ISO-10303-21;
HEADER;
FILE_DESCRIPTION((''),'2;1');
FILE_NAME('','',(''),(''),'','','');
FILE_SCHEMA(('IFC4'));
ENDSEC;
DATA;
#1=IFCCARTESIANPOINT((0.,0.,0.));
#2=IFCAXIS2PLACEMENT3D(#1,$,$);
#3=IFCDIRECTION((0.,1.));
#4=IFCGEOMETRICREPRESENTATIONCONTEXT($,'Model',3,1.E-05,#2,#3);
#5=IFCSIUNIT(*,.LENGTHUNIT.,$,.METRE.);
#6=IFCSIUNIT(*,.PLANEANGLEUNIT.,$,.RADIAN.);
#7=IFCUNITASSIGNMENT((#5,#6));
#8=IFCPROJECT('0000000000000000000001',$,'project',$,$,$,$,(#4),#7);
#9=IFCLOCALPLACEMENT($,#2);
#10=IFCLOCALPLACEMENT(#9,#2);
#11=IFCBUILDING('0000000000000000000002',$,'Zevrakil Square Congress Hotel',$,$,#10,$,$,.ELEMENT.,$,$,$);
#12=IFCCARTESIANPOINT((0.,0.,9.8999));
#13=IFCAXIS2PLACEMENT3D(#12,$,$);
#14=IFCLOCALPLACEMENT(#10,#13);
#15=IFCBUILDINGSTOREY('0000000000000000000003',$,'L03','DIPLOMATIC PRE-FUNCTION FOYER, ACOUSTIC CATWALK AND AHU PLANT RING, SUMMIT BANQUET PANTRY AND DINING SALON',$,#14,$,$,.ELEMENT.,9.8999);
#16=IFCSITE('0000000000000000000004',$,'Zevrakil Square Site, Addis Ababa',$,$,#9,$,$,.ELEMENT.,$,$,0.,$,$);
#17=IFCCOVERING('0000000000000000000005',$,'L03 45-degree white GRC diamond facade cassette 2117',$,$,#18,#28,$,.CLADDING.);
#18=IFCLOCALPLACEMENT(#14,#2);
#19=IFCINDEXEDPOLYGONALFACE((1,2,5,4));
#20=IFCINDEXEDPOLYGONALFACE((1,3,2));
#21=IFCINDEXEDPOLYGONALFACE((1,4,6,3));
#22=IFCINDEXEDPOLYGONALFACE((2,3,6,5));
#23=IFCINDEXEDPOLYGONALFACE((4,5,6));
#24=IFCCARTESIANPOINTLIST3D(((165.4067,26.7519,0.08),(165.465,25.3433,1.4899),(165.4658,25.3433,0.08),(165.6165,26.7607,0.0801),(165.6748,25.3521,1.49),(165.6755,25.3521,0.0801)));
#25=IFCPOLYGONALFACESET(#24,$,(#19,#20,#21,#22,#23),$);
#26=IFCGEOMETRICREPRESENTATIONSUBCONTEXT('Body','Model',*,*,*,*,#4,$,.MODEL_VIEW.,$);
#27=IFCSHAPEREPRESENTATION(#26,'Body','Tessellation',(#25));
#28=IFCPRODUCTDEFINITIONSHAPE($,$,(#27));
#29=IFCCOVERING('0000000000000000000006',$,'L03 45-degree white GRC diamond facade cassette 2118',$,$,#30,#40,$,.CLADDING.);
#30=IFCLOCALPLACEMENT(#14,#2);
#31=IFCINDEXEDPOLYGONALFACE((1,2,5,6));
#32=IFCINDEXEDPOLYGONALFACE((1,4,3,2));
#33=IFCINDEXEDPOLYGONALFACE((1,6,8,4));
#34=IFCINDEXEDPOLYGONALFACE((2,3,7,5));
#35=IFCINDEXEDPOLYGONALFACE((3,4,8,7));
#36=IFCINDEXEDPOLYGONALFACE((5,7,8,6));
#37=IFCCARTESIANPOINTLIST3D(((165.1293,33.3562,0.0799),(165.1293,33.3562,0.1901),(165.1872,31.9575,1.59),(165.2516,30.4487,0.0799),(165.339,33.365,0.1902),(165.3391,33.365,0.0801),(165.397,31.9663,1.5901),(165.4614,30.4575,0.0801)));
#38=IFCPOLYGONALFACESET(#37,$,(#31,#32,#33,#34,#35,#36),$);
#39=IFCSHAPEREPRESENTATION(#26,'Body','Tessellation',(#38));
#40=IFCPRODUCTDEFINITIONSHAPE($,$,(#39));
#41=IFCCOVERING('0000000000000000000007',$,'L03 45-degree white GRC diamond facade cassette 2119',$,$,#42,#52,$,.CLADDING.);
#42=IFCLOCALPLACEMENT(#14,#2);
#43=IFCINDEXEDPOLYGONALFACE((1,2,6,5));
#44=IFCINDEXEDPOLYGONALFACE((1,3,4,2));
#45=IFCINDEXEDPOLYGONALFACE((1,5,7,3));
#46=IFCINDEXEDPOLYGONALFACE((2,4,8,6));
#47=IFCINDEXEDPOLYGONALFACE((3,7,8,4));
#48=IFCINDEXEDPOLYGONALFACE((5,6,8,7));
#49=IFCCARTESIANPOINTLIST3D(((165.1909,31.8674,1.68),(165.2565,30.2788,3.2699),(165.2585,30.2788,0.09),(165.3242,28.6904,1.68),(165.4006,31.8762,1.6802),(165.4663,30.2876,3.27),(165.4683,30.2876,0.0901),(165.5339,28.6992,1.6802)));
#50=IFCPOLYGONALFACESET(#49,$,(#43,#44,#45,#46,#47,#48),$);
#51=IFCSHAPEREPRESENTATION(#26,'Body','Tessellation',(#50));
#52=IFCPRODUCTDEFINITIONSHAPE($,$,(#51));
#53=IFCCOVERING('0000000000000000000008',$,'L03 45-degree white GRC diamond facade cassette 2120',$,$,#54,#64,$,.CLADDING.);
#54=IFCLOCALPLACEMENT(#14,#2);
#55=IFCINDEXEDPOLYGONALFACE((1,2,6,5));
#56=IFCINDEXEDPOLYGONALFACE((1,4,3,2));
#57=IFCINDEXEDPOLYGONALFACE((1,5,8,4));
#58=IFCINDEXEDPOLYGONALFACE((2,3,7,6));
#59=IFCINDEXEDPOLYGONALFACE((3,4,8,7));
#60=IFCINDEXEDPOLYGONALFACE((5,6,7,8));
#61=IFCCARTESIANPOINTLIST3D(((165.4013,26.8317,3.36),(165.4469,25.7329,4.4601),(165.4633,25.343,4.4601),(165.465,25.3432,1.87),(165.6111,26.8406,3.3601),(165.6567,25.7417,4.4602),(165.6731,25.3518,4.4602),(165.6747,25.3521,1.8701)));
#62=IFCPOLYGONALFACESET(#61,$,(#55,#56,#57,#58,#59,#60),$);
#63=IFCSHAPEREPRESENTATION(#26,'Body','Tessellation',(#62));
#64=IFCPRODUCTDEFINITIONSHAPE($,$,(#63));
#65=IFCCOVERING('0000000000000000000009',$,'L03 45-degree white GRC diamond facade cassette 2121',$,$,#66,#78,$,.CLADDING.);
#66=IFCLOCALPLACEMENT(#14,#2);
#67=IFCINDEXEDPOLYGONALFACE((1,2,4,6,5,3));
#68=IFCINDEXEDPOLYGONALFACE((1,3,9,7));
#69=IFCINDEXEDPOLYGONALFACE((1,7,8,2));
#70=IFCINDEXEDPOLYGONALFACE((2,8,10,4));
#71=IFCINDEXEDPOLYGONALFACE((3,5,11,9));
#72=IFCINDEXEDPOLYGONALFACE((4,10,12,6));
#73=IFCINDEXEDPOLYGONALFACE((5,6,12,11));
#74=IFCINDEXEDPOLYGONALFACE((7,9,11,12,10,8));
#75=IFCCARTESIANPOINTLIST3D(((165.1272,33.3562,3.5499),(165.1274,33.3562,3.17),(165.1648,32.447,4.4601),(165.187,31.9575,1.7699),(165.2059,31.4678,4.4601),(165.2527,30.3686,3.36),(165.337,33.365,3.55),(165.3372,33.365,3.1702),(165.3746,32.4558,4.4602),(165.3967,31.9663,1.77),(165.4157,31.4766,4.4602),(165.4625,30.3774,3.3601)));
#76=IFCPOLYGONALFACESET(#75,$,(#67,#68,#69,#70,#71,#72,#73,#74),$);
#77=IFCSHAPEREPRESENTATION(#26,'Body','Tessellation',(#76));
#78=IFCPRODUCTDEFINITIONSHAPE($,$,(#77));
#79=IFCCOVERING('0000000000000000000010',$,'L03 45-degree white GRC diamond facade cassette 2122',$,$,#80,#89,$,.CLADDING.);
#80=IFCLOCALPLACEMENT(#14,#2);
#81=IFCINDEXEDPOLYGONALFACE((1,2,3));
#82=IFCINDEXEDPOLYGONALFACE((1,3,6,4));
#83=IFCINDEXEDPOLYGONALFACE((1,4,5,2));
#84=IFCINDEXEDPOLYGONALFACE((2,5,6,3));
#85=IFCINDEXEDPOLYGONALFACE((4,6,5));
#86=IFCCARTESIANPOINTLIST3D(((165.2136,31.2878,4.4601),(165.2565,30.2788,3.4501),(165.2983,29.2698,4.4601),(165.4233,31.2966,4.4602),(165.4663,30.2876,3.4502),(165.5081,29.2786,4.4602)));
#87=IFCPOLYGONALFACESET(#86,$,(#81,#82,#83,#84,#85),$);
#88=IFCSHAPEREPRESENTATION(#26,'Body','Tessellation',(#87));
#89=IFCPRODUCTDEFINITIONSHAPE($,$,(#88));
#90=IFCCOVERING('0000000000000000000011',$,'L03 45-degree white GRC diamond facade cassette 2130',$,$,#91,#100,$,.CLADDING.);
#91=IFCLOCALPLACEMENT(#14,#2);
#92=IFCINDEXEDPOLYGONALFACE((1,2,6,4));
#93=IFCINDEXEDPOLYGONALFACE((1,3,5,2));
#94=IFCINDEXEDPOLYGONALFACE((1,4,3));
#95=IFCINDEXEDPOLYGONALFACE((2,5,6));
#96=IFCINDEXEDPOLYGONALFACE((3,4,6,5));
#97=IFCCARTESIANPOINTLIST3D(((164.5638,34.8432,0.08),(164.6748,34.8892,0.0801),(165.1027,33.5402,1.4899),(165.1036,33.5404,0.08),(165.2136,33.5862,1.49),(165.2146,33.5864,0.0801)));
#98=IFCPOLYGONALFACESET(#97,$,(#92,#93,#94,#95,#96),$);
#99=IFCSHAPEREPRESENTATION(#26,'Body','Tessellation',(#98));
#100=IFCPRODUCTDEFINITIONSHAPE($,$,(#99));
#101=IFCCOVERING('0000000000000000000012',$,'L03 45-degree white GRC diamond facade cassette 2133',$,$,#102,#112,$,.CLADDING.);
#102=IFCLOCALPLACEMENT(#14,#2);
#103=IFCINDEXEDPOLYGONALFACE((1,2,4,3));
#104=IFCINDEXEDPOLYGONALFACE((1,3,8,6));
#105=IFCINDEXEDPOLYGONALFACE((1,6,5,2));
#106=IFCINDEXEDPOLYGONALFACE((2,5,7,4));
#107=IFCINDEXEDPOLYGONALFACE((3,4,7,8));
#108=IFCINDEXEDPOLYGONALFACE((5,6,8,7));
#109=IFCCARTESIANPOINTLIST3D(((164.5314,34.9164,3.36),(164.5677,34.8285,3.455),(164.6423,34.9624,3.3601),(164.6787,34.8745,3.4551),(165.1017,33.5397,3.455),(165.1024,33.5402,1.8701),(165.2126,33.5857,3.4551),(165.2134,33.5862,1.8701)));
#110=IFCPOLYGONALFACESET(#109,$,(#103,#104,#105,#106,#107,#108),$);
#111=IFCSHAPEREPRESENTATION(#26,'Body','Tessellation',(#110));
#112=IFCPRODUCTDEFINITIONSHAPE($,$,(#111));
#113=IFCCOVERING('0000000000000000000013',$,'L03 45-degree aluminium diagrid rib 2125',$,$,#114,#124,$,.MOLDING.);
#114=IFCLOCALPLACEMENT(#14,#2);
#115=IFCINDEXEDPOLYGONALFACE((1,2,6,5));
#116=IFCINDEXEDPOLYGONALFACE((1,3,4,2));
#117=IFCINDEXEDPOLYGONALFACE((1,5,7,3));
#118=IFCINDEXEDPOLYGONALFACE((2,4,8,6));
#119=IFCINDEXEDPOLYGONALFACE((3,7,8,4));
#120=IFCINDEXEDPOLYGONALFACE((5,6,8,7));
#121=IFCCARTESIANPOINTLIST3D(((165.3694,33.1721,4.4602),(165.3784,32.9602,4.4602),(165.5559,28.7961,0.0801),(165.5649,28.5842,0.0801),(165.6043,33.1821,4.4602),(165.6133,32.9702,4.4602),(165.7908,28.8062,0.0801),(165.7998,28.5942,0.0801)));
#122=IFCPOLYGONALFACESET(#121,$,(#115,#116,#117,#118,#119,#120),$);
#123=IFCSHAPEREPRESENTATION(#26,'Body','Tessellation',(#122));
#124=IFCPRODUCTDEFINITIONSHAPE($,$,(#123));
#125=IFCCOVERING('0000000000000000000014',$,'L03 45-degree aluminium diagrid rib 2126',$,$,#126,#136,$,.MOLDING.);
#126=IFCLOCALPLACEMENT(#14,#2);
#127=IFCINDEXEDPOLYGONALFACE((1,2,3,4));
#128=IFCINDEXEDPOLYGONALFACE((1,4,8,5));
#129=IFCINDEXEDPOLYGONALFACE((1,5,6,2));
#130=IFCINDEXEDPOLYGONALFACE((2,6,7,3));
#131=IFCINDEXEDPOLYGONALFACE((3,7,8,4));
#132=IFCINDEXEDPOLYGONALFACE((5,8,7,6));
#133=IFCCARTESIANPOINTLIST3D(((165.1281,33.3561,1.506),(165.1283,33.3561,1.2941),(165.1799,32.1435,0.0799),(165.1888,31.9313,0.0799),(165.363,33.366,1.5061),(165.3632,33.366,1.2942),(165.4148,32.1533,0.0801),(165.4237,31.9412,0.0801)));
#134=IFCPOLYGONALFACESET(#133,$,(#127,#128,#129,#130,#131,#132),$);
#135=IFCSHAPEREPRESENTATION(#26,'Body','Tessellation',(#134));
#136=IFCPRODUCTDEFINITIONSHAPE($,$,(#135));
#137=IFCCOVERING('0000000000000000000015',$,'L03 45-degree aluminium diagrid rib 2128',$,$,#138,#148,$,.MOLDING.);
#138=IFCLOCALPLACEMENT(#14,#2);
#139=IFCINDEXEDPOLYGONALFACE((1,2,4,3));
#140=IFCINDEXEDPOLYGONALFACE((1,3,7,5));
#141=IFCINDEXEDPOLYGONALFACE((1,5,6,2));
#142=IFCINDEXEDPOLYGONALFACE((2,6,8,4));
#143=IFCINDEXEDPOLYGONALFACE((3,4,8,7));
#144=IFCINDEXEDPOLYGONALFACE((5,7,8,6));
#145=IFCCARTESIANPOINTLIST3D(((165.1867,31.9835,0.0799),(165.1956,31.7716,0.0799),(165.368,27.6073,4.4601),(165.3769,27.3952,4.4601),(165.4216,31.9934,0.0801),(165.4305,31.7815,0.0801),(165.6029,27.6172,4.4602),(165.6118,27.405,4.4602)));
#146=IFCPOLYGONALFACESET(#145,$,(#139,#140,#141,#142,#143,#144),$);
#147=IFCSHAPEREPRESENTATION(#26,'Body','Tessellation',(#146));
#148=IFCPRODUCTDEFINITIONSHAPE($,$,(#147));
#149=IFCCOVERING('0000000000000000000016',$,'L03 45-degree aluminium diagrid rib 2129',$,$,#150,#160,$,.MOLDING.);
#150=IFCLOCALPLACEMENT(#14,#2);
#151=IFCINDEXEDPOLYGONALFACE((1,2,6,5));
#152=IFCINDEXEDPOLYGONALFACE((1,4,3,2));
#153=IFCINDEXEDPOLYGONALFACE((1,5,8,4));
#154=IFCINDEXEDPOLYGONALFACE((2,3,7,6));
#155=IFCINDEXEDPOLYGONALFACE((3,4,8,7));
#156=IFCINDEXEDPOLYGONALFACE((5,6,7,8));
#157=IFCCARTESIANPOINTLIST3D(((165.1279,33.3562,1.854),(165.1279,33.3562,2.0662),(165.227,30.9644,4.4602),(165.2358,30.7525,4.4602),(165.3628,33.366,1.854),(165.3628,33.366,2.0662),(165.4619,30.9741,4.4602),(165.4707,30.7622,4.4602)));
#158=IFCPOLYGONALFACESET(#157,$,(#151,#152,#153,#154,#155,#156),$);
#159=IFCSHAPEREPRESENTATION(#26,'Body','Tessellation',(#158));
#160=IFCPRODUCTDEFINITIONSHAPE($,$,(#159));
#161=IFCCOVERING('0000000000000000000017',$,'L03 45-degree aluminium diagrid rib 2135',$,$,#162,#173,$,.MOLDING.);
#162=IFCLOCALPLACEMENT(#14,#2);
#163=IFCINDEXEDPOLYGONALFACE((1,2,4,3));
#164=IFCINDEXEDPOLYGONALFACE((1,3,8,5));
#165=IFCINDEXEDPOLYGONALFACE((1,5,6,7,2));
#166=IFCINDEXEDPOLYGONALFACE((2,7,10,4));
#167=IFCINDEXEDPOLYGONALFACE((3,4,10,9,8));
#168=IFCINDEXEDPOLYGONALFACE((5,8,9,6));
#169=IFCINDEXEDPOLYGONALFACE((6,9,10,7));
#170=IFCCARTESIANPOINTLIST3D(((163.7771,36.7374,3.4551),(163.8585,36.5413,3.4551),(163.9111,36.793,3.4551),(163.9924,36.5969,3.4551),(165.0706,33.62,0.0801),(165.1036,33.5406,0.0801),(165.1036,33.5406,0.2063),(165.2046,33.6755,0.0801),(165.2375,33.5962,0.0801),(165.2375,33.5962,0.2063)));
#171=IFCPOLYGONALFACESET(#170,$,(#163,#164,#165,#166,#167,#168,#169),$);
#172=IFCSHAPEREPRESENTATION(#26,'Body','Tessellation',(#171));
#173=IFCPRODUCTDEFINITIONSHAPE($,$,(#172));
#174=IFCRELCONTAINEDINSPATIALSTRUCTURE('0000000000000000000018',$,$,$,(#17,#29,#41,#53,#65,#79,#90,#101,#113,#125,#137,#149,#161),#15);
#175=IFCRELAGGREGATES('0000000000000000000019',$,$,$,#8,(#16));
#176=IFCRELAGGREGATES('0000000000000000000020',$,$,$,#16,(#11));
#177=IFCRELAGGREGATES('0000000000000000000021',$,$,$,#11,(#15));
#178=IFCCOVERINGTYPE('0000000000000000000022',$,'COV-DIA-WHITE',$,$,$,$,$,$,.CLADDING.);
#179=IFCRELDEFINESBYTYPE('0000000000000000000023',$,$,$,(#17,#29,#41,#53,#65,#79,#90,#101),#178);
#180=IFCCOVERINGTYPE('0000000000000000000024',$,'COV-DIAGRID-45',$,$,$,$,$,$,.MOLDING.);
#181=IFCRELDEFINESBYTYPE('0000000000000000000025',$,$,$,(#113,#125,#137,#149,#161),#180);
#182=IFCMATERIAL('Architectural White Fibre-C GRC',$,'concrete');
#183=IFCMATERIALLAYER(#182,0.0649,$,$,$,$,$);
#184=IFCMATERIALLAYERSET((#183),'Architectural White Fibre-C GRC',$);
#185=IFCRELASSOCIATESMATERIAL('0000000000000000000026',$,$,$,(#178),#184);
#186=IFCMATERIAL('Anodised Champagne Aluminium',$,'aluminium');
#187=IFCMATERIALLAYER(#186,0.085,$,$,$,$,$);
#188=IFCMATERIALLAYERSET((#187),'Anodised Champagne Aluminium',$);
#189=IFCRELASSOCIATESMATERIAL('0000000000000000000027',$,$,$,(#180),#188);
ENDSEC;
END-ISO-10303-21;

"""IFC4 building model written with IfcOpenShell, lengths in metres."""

from ifc_helpers import new_model, si_unit, direction, frame, origin, place, context, subcontext, project, spatial, polyline, outline, extrude, material, layer, layer_set, type_object, element, save


model = new_model("IFC4")

# Units and contexts
model_context = context("Model", 3, precision=1e-05, world=origin(), true_north=direction((0.0, 1.0)))
body_context = subcontext(model_context, "Body", "Model", "MODEL_VIEW")
ifc_project = project(units=[si_unit("LENGTHUNIT", "METRE"), si_unit("PLANEANGLEUNIT", "RADIAN")], contexts=[model_context])

# Site, building, storey
site_placement = place(None, origin())
site = spatial("IfcSite", under=ifc_project, at=site_placement, Name="Zevrakil Square Site, Addis Ababa", CompositionType="ELEMENT", RefElevation=0.0)
building_placement = place(site_placement, origin())
building = spatial("IfcBuilding", under=site, at=building_placement, Name="Zevrakil Square Congress Hotel", CompositionType="ELEMENT")
storey_placement = place(building_placement, frame((0.0, 0.0, 9.8999)))
storey = spatial("IfcBuildingStorey", under=building, at=storey_placement, Name="L03", Description="DIPLOMATIC PRE-FUNCTION FOYER, ACOUSTIC CATWALK AND AHU PLANT RING, SUMMIT BANQUET PANTRY AND DINING SALON", CompositionType="ELEMENT", Elevation=9.8999)

# Coverings
ifc_material_1 = material(Name="Architectural White Fibre-C GRC", Category="concrete")
ifc_layer_1 = layer(ifc_material_1, 0.0649)
ifc_layer_set_1 = layer_set([ifc_layer_1], Name="Architectural White Fibre-C GRC")
covering_type_1 = type_object("IfcCoveringType", Name="COV-DIA-WHITE", PredefinedType="CLADDING", material=ifc_layer_set_1)
covering_1_placement = place(storey_placement, frame((165.6165, 26.7607, 0.0801), z_axis=(0.999121, 0.041904, 0.000519), x_axis=(0.041904, -0.999122, 0.0)))
element("IfcCovering", 1, at=covering_1_placement, inside=storey, type_object=covering_type_1, Name="L03 45-degree white GRC diamond facade cassette 2117", PredefinedType="CLADDING", context=body_context, shape_type="SweptSolid", body=[
    extrude(outline(polyline([(0.0, 0.0), (1.4099, 0.0), (1.4099, -1.4099), (0.0, 0.0)])), origin(), (0.0, 0.0, -1.0), 0.21),
])
covering_2_placement = place(storey_placement, frame((165.397, 31.9663, 1.5901), z_axis=(0.999117, 0.042008, 0.000626), x_axis=(-0.029262, 0.706498, -0.70711)))
element("IfcCovering", 2, at=covering_2_placement, inside=storey, type_object=covering_type_1, Name="L03 45-degree white GRC diamond facade cassette 2118", PredefinedType="CLADDING", context=body_context, shape_type="SweptSolid", body=[
    extrude(outline(polyline([(0.0, 0.0), (1.9798, 0.0), (2.0576, -0.0779), (-0.0001, -2.1356), (0.0, 0.0)])), origin(), (0.0, 0.0, -1.0), 0.21),
])
covering_3_placement = place(storey_placement, frame((165.4663, 30.2876, 3.27), z_axis=(0.999121, 0.041921, 0.000614), x_axis=(-0.02921, 0.706533, -0.707076)))
element("IfcCovering", 3, at=covering_3_placement, inside=storey, type_object=covering_type_1, Name="L03 45-degree white GRC diamond facade cassette 2119", PredefinedType="CLADDING", context=body_context, shape_type="SweptSolid", body=[
    extrude(outline(polyline([(0.0, 0.0), (2.2485, 0.0), (2.2484, -2.2487), (-0.0001, -2.2484), (0.0, 0.0)])), origin(), (0.0, 0.0, -1.0), 0.21),
])
covering_4_placement = place(storey_placement, frame((165.6111, 26.8406, 3.3601), z_axis=(0.999114, 0.042087, 0.000638), x_axis=(0.030209, -0.706435, -0.707133)))
element("IfcCovering", 4, at=covering_4_placement, inside=storey, type_object=covering_type_1, Name="L03 45-degree white GRC diamond facade cassette 2120", PredefinedType="CLADDING", context=body_context, shape_type="SweptSolid", body=[
    extrude(outline(polyline([(0.0, 0.0), (2.1071, 0.0), (0.2757, -1.8315), (-0.0003, -1.5556), (0.0, 0.0)])), origin(), (0.0, 0.0, -1.0), 0.21),
])
covering_5_placement = place(storey_placement, frame((165.3967, 31.9663, 1.77), z_axis=(0.99912, 0.041945, 0.000586), x_axis=(0.029247, -0.706532, 0.707077)))
element("IfcCovering", 5, at=covering_5_placement, inside=storey, type_object=covering_type_1, Name="L03 45-degree white GRC diamond facade cassette 2121", PredefinedType="CLADDING", context=body_context, shape_type="SweptSolid", body=[
    extrude(outline(polyline([(0.0, 0.0), (2.2488, 0.0), (2.2487, -1.5558), (1.5557, -2.2488), (0.2687, -2.2486), (0.0001, -1.98), (0.0, 0.0)])), origin(), (0.0, 0.0, -1.0), 0.21),
])
covering_6_placement = place(storey_placement, frame((165.4663, 30.2876, 3.4502), z_axis=(0.99912, 0.041942, 0.000604), x_axis=(0.029229, -0.706463, 0.707146)))
element("IfcCovering", 6, at=covering_6_placement, inside=storey, type_object=covering_type_1, Name="L03 45-degree white GRC diamond facade cassette 2122", PredefinedType="CLADDING", context=body_context, shape_type="SweptSolid", body=[
    extrude(outline(polyline([(0.0, 0.0), (1.4283, 0.0), (0.0001, -1.4283), (0.0, 0.0)])), origin(), (0.0, 0.0, -1.0), 0.21),
])
covering_7_placement = place(storey_placement, frame((164.6748, 34.8892, 0.0801), z_axis=(0.923833, 0.382795, 0.000706), x_axis=(0.382795, -0.923833, 0.0)))
element("IfcCovering", 7, at=covering_7_placement, inside=storey, type_object=covering_type_1, Name="L03 45-degree white GRC diamond facade cassette 2130", PredefinedType="CLADDING", context=body_context, shape_type="SweptSolid", body=[
    extrude(outline(polyline([(0.0, 0.0), (1.4101, 0.0), (1.41, -1.4099), (0.0, 0.0)])), origin(), (0.0, 0.0, -1.0), 0.1201),
])
covering_8_placement = place(storey_placement, frame((164.6423, 34.9624, 3.3601), z_axis=(0.923852, 0.38275, 0.000534), x_axis=(0.270994, -0.653118, -0.707106)))
element("IfcCovering", 8, at=covering_8_placement, inside=storey, type_object=covering_type_1, Name="L03 45-degree white GRC diamond facade cassette 2133", PredefinedType="CLADDING", context=body_context, shape_type="SweptSolid", body=[
    extrude(outline(polyline([(0.0, 0.0), (2.1072, 0.0), (0.9865, -1.1209), (0.0001, -0.1344), (0.0, 0.0)])), origin(), (0.0, 0.0, -1.0), 0.1201),
])
ifc_material_2 = material(Name="Anodised Champagne Aluminium", Category="aluminium")
ifc_layer_2 = layer(ifc_material_2, 0.085)
ifc_layer_set_2 = layer_set([ifc_layer_2], Name="Anodised Champagne Aluminium")
covering_type_2 = type_object("IfcCoveringType", Name="COV-DIAGRID-45", PredefinedType="MOLDING", material=ifc_layer_set_2)
covering_9_placement = place(storey_placement, frame((165.5559, 28.7961, 0.0801), z_axis=(-0.999093, -0.042588, 0.000002), x_axis=(0.042588, -0.999093, 0.0)))
element("IfcCovering", 9, at=covering_9_placement, inside=storey, type_object=covering_type_2, Name="L03 45-degree aluminium diagrid rib 2125", PredefinedType="MOLDING", context=body_context, shape_type="SweptSolid", body=[
    extrude(outline(polyline([(0.0, 0.0), (0.2121, 0.0), (-4.1678, 4.3801), (-4.3799, 4.3801), (0.0, 0.0)])), origin(), (0.0, 0.0, -1.0), 0.2351),
])
covering_10_placement = place(storey_placement, frame((165.4148, 32.1533, 0.0801), z_axis=(0.999119, 0.041966, 0.000576), x_axis=(0.041966, -0.999119, 0.0)))
element("IfcCovering", 10, at=covering_10_placement, inside=storey, type_object=covering_type_2, Name="L03 45-degree aluminium diagrid rib 2126", PredefinedType="MOLDING", context=body_context, shape_type="SweptSolid", body=[
    extrude(outline(polyline([(0.0, 0.0), (0.2124, 0.0), (-1.2138, -1.426), (-1.2137, -1.2141), (0.0, 0.0)])), origin(), (0.0, 0.0, -1.0), 0.2351),
])
covering_11_placement = place(storey_placement, frame((165.6118, 27.405, 4.4602), z_axis=(0.999118, 0.041989, 0.000604), x_axis=(-0.041989, 0.999118, 0.0)))
element("IfcCovering", 11, at=covering_11_placement, inside=storey, type_object=covering_type_2, Name="L03 45-degree aluminium diagrid rib 2128", PredefinedType="MOLDING", context=body_context, shape_type="SweptSolid", body=[
    extrude(outline(polyline([(0.0, 0.0), (0.2124, 0.0), (4.5923, -4.3801), (4.3802, -4.3801), (0.0, 0.0)])), origin(), (0.0, 0.0, -1.0), 0.2351),
])
covering_12_placement = place(storey_placement, frame((165.4707, 30.7622, 4.4602), z_axis=(0.999142, 0.041423, 0.000016), x_axis=(-0.041423, 0.999142, 0.0)))
element("IfcCovering", 12, at=covering_12_placement, inside=storey, type_object=covering_type_2, Name="L03 45-degree aluminium diagrid rib 2129", PredefinedType="MOLDING", context=body_context, shape_type="SweptSolid", body=[
    extrude(outline(polyline([(0.0, 0.0), (0.2121, 0.0), (2.606, -2.394), (2.606, -2.6062), (0.0, 0.0)])), origin(), (0.0, 0.0, -1.0), 0.2351),
])
covering_13_placement = place(storey_placement, frame((165.2046, 33.6755, 0.0801), z_axis=(0.923653, 0.38323, 0.000018), x_axis=(0.38323, -0.923653, 0.0)))
element("IfcCovering", 13, at=covering_13_placement, inside=storey, type_object=covering_type_2, Name="L03 45-degree aluminium diagrid rib 2135", PredefinedType="MOLDING", context=body_context, shape_type="SweptSolid", body=[
    extrude(outline(polyline([(0.0, 0.0), (0.0859, 0.0), (0.0859, -0.1262), (-3.1629, -3.375), (-3.3751, -3.375), (0.0, 0.0)])), origin(), (0.0, 0.0, -1.0), 0.145),
])

save(model, "model.ifc")
